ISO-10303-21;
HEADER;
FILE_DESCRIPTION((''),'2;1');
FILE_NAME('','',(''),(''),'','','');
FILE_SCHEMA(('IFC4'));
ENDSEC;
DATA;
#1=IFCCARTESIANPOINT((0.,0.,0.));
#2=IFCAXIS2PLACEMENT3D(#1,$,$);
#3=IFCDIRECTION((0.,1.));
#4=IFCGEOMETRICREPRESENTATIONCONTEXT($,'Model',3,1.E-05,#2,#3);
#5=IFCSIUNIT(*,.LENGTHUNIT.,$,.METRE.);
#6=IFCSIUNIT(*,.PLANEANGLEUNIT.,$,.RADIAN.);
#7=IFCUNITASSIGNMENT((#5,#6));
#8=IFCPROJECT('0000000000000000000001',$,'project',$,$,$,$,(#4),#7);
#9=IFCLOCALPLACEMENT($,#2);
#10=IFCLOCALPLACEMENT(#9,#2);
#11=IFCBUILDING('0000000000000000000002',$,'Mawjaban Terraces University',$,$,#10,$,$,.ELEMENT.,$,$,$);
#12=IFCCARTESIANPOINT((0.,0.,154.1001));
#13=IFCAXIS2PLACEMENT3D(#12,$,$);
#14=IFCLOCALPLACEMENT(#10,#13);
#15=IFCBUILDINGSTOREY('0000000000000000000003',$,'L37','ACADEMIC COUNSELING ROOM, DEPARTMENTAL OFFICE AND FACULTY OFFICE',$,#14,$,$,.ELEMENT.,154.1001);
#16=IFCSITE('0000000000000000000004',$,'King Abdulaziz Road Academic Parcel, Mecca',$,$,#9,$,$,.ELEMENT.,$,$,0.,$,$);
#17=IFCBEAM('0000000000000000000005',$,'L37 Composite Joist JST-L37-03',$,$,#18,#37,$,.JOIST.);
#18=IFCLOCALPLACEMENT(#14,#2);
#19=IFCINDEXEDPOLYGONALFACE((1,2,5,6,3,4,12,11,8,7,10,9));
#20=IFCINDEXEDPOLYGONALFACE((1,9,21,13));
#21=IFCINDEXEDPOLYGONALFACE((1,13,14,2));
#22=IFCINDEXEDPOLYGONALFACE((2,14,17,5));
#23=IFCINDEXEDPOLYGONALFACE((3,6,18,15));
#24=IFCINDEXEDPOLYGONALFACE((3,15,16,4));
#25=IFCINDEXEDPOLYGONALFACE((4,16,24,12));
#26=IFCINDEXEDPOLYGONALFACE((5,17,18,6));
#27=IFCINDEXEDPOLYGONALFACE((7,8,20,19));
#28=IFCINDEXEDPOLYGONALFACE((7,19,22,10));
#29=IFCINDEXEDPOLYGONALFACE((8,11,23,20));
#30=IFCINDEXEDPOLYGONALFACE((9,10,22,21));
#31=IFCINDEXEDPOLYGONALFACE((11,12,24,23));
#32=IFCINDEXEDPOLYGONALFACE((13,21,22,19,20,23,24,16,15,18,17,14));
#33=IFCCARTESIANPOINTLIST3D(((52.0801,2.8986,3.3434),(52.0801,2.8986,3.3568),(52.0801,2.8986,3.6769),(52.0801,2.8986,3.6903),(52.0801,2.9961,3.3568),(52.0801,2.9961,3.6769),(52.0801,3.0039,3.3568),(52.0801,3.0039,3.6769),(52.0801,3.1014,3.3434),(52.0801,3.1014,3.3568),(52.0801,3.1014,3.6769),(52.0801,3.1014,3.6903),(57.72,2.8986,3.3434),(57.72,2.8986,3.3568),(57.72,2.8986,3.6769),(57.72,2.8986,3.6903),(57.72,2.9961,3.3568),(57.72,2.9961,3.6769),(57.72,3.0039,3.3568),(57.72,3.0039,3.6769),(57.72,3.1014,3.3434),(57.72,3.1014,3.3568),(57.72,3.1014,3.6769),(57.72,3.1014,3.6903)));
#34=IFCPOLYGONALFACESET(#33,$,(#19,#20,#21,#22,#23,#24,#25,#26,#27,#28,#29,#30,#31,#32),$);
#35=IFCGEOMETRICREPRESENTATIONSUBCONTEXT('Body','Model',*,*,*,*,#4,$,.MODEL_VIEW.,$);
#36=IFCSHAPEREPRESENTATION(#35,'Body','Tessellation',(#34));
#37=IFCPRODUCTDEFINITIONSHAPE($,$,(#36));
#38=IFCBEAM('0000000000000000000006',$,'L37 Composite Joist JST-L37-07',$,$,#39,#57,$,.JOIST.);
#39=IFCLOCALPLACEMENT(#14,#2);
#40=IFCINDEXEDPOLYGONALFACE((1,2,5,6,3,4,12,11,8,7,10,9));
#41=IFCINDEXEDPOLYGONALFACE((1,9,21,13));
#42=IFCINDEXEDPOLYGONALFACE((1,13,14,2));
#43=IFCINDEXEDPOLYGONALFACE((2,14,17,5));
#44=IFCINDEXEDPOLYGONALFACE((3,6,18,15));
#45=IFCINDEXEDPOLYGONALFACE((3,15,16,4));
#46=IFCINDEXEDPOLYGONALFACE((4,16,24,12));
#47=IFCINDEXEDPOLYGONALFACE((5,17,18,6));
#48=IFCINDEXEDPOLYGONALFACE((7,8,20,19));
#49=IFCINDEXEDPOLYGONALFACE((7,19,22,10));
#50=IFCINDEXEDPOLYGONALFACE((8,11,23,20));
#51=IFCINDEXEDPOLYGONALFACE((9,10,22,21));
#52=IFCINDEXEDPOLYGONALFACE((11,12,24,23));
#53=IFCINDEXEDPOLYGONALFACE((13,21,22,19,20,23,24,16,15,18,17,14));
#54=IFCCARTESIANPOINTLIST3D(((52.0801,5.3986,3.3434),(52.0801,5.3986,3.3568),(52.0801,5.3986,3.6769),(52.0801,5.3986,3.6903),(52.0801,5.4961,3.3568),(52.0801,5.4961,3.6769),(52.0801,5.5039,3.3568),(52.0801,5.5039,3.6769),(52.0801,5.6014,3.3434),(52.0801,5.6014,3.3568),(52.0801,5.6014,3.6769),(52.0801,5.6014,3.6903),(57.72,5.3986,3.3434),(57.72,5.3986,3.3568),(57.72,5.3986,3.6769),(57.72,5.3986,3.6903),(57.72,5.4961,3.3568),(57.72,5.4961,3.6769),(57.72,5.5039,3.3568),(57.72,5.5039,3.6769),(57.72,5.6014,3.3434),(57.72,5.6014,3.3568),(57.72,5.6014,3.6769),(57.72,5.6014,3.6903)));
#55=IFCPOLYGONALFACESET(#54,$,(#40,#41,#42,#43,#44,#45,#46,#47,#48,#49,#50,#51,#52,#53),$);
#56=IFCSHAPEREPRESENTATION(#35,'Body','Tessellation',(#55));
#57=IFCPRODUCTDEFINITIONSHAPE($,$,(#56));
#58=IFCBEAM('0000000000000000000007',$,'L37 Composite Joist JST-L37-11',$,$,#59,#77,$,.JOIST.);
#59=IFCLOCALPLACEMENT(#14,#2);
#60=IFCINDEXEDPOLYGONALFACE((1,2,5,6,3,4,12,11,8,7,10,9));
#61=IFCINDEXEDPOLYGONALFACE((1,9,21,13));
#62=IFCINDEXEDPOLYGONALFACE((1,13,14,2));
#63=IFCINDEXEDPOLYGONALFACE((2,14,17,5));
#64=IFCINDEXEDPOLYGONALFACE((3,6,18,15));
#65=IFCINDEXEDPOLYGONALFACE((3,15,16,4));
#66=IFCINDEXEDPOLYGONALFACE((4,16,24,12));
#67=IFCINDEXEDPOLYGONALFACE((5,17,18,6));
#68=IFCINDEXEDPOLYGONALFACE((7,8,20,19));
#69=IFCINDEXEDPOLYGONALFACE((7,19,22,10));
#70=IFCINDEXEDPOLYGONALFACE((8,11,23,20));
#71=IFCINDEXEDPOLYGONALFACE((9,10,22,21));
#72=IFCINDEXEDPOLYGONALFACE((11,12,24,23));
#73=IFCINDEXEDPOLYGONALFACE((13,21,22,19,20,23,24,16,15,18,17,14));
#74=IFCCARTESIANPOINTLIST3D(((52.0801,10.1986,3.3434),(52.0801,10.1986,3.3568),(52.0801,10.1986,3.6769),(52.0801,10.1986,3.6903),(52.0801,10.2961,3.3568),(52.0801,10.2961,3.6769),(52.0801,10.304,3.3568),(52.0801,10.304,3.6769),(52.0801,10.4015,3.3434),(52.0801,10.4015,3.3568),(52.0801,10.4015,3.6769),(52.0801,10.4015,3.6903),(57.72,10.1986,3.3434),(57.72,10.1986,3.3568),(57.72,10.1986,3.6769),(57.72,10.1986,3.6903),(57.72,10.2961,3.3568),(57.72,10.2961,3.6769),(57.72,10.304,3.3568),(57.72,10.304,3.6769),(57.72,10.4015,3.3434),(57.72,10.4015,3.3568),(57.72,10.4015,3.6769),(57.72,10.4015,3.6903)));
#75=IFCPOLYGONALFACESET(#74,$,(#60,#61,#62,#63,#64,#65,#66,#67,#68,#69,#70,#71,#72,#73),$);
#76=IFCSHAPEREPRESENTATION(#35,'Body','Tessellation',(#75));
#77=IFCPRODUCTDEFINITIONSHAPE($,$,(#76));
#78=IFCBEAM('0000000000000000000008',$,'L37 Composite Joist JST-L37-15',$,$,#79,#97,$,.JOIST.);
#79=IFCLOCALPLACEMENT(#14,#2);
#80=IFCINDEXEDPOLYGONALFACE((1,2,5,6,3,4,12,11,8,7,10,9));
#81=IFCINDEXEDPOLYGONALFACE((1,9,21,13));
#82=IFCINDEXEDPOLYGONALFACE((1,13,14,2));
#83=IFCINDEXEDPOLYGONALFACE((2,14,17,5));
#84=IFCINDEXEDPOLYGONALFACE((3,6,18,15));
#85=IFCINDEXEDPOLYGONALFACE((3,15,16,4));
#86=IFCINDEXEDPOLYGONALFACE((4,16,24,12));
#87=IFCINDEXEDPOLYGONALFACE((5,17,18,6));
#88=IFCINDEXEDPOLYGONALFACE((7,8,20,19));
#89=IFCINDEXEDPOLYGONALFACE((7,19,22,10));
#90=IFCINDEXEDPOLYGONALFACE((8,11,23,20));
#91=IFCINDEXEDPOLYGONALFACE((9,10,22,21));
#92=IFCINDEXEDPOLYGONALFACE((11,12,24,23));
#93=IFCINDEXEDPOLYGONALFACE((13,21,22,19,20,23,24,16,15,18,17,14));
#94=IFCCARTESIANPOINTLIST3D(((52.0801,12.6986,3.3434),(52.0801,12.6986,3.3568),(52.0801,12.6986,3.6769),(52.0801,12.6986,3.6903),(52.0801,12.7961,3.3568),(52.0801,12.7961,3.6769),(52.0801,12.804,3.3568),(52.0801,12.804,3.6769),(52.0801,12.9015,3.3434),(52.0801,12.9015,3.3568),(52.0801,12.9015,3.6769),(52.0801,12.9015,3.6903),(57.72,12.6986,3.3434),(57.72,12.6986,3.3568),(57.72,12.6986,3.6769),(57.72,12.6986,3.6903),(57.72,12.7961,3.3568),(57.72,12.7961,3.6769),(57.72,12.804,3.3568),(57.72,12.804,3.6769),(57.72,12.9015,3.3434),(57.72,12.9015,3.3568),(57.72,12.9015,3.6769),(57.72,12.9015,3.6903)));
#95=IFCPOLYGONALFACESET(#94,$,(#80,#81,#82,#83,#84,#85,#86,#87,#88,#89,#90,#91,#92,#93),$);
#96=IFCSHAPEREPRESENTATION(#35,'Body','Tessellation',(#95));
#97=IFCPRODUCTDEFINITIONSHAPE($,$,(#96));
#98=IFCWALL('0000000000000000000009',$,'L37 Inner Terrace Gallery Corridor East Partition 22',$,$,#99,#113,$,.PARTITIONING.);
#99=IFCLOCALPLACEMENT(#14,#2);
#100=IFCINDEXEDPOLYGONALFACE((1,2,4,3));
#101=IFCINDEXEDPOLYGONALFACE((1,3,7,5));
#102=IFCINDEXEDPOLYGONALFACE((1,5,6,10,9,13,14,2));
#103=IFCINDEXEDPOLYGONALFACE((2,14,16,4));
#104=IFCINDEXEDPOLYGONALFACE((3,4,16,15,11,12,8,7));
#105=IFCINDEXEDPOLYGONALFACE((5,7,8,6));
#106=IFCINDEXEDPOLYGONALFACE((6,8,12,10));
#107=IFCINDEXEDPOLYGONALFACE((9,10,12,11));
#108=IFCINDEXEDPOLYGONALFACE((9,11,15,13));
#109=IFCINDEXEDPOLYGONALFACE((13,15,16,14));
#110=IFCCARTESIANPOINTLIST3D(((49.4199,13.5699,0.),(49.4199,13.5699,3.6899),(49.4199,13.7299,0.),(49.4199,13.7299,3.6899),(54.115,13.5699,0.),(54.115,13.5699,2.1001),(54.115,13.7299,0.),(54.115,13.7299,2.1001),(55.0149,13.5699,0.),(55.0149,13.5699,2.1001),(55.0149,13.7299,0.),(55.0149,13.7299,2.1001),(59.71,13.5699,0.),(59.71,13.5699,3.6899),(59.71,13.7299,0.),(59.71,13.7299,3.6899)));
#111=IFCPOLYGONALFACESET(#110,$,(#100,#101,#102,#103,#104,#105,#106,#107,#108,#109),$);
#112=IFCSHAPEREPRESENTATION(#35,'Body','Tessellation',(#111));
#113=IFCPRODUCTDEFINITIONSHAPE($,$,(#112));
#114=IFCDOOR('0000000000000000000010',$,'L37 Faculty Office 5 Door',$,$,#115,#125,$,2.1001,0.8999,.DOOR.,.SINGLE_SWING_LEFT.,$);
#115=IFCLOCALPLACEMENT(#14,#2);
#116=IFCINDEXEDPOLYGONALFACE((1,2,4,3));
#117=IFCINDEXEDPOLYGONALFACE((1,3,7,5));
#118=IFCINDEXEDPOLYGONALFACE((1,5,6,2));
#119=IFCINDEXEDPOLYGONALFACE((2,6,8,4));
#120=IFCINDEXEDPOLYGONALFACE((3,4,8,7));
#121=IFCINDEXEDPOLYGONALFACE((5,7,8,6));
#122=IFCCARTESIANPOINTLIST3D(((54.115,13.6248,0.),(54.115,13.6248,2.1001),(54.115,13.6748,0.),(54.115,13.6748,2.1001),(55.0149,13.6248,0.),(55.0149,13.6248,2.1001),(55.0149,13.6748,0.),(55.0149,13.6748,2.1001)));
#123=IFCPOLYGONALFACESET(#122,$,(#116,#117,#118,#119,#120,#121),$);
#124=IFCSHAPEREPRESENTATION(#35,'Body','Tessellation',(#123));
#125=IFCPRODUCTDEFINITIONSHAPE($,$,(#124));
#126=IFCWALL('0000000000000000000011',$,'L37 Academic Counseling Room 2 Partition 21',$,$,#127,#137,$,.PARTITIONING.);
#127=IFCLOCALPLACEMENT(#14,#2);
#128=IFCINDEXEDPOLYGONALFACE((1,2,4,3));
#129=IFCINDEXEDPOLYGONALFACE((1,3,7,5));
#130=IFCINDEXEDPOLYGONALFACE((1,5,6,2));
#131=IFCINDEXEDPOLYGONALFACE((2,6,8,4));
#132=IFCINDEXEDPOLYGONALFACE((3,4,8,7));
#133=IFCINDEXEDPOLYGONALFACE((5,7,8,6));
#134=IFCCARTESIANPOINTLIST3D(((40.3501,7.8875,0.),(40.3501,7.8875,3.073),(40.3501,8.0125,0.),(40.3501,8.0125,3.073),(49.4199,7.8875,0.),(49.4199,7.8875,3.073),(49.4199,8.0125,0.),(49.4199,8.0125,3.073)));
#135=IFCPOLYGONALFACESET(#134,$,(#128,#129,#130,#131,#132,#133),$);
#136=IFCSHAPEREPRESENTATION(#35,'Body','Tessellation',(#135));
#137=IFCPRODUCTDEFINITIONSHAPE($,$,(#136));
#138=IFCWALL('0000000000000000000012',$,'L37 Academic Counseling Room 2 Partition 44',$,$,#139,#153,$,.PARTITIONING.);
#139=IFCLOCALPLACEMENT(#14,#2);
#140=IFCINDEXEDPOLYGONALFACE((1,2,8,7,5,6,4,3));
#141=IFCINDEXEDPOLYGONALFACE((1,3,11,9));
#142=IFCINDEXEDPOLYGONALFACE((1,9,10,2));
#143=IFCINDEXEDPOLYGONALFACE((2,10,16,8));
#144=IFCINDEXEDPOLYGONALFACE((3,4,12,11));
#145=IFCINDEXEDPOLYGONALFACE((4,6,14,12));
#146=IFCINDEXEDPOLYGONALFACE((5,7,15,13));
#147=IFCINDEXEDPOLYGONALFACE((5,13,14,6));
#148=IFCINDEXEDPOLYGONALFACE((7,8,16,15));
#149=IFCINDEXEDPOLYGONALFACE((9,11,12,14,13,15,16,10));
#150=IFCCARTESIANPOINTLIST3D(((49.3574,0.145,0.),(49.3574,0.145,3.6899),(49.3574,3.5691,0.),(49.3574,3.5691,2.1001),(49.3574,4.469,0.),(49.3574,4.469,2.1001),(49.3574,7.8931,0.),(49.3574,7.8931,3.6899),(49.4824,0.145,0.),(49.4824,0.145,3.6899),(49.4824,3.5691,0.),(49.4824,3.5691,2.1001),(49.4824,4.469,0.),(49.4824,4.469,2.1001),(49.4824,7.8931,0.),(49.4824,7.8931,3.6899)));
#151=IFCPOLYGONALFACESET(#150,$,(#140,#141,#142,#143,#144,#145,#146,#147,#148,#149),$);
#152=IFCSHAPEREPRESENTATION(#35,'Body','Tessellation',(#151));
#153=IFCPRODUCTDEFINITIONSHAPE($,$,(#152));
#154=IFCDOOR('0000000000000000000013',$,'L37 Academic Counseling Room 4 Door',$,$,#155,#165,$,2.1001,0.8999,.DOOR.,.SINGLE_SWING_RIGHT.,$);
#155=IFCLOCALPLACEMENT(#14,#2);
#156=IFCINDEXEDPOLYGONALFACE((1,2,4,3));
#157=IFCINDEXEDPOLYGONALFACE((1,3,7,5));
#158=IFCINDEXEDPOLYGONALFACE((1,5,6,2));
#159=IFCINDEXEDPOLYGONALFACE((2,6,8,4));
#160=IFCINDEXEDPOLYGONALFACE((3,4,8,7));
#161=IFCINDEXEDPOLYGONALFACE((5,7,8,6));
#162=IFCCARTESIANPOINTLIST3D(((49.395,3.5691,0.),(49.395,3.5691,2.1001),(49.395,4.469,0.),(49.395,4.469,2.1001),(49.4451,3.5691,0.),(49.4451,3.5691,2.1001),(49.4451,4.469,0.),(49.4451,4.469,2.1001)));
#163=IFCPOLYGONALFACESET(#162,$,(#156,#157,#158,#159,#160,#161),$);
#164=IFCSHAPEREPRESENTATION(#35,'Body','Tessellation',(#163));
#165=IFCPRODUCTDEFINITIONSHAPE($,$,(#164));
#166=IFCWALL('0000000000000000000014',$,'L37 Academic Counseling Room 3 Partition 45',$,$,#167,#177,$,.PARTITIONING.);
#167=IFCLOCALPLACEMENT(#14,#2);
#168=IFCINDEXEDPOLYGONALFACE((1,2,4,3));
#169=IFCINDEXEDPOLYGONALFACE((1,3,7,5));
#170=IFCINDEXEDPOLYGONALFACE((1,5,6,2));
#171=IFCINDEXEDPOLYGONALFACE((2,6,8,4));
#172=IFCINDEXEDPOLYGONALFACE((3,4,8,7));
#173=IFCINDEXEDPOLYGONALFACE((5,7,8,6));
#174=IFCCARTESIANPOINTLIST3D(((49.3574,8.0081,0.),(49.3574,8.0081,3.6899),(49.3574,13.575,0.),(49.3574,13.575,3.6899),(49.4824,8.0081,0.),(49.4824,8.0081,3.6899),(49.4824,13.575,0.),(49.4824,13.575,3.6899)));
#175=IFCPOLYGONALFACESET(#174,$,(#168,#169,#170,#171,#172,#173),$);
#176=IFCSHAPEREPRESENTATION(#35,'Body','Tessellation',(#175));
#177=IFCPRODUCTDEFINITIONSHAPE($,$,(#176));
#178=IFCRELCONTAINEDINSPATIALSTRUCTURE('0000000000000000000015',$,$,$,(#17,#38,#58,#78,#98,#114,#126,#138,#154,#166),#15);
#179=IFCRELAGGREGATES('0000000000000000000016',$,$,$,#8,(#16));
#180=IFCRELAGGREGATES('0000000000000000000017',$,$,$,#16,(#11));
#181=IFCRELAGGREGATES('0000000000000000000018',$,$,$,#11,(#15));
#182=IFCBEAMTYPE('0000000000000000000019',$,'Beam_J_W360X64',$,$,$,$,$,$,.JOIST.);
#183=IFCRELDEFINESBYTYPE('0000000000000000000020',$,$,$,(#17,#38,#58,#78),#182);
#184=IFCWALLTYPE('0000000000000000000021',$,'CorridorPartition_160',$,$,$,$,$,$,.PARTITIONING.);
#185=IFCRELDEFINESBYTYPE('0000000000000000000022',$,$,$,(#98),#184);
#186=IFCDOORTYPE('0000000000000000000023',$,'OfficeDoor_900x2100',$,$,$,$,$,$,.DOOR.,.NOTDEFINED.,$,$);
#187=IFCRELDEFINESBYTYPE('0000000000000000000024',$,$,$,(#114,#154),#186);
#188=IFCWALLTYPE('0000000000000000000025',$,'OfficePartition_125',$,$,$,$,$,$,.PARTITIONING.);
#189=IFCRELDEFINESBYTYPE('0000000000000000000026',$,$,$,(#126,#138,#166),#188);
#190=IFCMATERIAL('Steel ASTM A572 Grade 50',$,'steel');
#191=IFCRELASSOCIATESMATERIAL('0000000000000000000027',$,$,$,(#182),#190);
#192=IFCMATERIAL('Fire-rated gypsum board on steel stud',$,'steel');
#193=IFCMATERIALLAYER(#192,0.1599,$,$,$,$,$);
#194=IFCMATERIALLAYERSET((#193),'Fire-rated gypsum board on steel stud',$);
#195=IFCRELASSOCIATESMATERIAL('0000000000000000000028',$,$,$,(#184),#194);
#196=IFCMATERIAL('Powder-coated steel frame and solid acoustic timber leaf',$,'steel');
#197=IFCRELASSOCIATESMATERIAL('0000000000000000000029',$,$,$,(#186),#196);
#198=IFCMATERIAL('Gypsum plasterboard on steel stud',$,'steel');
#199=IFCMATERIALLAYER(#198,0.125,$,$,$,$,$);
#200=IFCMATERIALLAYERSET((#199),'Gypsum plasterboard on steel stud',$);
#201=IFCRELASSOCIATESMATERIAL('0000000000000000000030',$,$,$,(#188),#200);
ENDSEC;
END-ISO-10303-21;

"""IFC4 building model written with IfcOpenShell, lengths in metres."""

from ifc_helpers import new_model, si_unit, direction, frame, frame_2d, origin, origin_2d, place, context, subcontext, project, spatial, rectangle, i_section, extrude, material, layer, layer_set, material_profile, profile_set, type_object, element, fill, save


model = new_model("IFC4")

# Units and contexts
model_context = context("Model", 3, precision=1e-05, world=origin(), true_north=direction((0.0, 1.0)))
body_context = subcontext(model_context, "Body", "Model", "MODEL_VIEW")
ifc_project = project(units=[si_unit("LENGTHUNIT", "METRE"), si_unit("PLANEANGLEUNIT", "RADIAN")], contexts=[model_context])

# Site, building, storey
site_placement = place(None, origin())
site = spatial("IfcSite", under=ifc_project, at=site_placement, Name="King Abdulaziz Road Academic Parcel, Mecca", CompositionType="ELEMENT", RefElevation=0.0)
building_placement = place(site_placement, origin())
building = spatial("IfcBuilding", under=site, at=building_placement, Name="Mawjaban Terraces University", CompositionType="ELEMENT")
storey_placement = place(building_placement, frame((0.0, 0.0, 154.1001)))
storey = spatial("IfcBuildingStorey", under=building, at=storey_placement, Name="L37", Description="ACADEMIC COUNSELING ROOM, DEPARTMENTAL OFFICE AND FACULTY OFFICE", CompositionType="ELEMENT", Elevation=154.1001)

# Beams
ifc_material_1 = material(Name="Steel ASTM A572 Grade 50", Category="steel")
ifc_material_profile_1 = material_profile(ifc_material_1, i_section(OverallWidth=0.2029, OverallDepth=0.3469, WebThickness=0.0078, FlangeThickness=0.0134, at=origin_2d()), Name="W360X64")
ifc_profile_set_1 = profile_set([ifc_material_profile_1], Name="Steel ASTM A572 Grade 50")
beam_type_1 = type_object("IfcBeamType", Name="Beam_J_W360X64", PredefinedType="JOIST", material=ifc_profile_set_1)
for number, where, z_axis, x_axis, name in (
    (1, (52.0801, 3.0, 3.5168), (1.0, 0.0, 0.0), (0.0, 1.0, 0.0), "L37 Composite Joist JST-L37-03"),
    (2, (52.0801, 5.5, 3.5168), (1.0, 0.0, 0.0), (0.0, 1.0, 0.0), "L37 Composite Joist JST-L37-07"),
    (3, (52.0801, 10.3, 3.5168), (1.0, 0.0, 0.0), (0.0, 1.0, 0.0), "L37 Composite Joist JST-L37-11"),
    (4, (52.0801, 12.8, 3.5168), (1.0, 0.0, 0.0), (0.0, 1.0, 0.0), "L37 Composite Joist JST-L37-15"),
):
    element("IfcBeam", number, at=place(storey_placement, frame(where, z_axis=z_axis, x_axis=x_axis)), inside=storey, type_object=beam_type_1, Name=name, PredefinedType="JOIST", context=body_context, shape_type="SweptSolid", body=[
        extrude(i_section(OverallWidth=0.2029, OverallDepth=0.3469, WebThickness=0.0078, FlangeThickness=0.0134, at=origin_2d()), origin(), (0.0, 0.0, 1.0), 5.6399),
    ])

# Wall, opening, door
ifc_material_2 = material(Name="Fire-rated gypsum board on steel stud", Category="steel")
ifc_layer_1 = layer(ifc_material_2, 0.1599)
ifc_layer_set_1 = layer_set([ifc_layer_1], Name="Fire-rated gypsum board on steel stud")
wall_type_1 = type_object("IfcWallType", Name="CorridorPartition_160", PredefinedType="PARTITIONING", material=ifc_layer_set_1)
wall_1_placement = place(storey_placement, frame((49.4199, 13.6499, 0.0), z_axis=(0.0, 0.0, 1.0), x_axis=(1.0, 0.0, 0.0)))
wall_1 = element("IfcWall", 5, at=wall_1_placement, inside=storey, type_object=wall_type_1, Name="L37 Inner Terrace Gallery Corridor East Partition 22", PredefinedType="PARTITIONING", context=body_context, shape_type="SweptSolid", body=[
    extrude(rectangle(XDim=10.29, YDim=0.1599, at=frame_2d((5.145, 0.0))), origin(), (0.0, 0.0, 1.0), 3.6899),
])
opening_1_placement = place(wall_1_placement, frame((4.6951, 0.0, 0.0)))
opening_1 = element("IfcOpeningElement", 6, at=opening_1_placement, cuts=wall_1, PredefinedType="OPENING", context=body_context, shape_type="SweptSolid", body=[
    extrude(rectangle(XDim=0.8999, YDim=2.1001, at=frame_2d((0.45, 1.05))), frame((0.0, 0.0898, 0.0), z_axis=(0.0, -1.0, 0.0), x_axis=(1.0, 0.0, 0.0)), (0.0, 0.0, 1.0), 0.1799),
])
ifc_material_3 = material(Name="Powder-coated steel frame and solid acoustic timber leaf", Category="steel")
door_type = type_object("IfcDoorType", Name="OfficeDoor_900x2100", OperationType="NOTDEFINED", PredefinedType="DOOR", material=ifc_material_3)
door_1_placement = place(opening_1_placement, origin())
door_1 = element("IfcDoor", 7, at=door_1_placement, inside=storey, type_object=door_type, Name="L37 Faculty Office 5 Door", OperationType="SINGLE_SWING_LEFT", OverallHeight=2.1001, OverallWidth=0.8999, PredefinedType="DOOR", context=body_context, shape_type="SweptSolid", body=[
    extrude(rectangle(XDim=0.8999, YDim=2.1001, at=frame_2d((0.45, 1.05))), frame((0.0, 0.0249, 0.0), z_axis=(0.0, -1.0, 0.0), x_axis=(1.0, 0.0, 0.0)), (0.0, 0.0, 1.0), 0.05),
])
fill(opening_1, door_1)

# Wall
ifc_material_4 = material(Name="Gypsum plasterboard on steel stud", Category="steel")
ifc_layer_2 = layer(ifc_material_4, 0.125)
ifc_layer_set_2 = layer_set([ifc_layer_2], Name="Gypsum plasterboard on steel stud")
wall_type_2 = type_object("IfcWallType", Name="OfficePartition_125", PredefinedType="PARTITIONING", material=ifc_layer_set_2)
wall_2_placement = place(storey_placement, frame((49.4199, 7.95, 0.0), z_axis=(0.0, 0.0, 1.0), x_axis=(-1.0, 0.0, 0.0)))
element("IfcWall", 8, at=wall_2_placement, inside=storey, type_object=wall_type_2, Name="L37 Academic Counseling Room 2 Partition 21", PredefinedType="PARTITIONING", context=body_context, shape_type="SweptSolid", body=[
    extrude(rectangle(XDim=9.0698, YDim=0.125, at=frame_2d((4.5349, 0.0))), origin(), (0.0, 0.0, 1.0), 3.073),
])

# Wall, opening, door
wall_3_placement = place(storey_placement, frame((49.4199, 0.145, 0.0), z_axis=(0.0, 0.0, 1.0), x_axis=(0.0, 1.0, 0.0)))
wall_3 = element("IfcWall", 9, at=wall_3_placement, inside=storey, type_object=wall_type_2, Name="L37 Academic Counseling Room 2 Partition 44", PredefinedType="PARTITIONING", context=body_context, shape_type="SweptSolid", body=[
    extrude(rectangle(XDim=7.748, YDim=0.125, at=frame_2d((3.874, 0.0))), origin(), (0.0, 0.0, 1.0), 3.6899),
])
opening_2_placement = place(wall_3_placement, frame((3.4241, 0.0, 0.0)))
opening_2 = element("IfcOpeningElement", 10, at=opening_2_placement, cuts=wall_3, PredefinedType="OPENING", context=body_context, shape_type="SweptSolid", body=[
    extrude(rectangle(XDim=0.8999, YDim=2.1001, at=frame_2d((0.45, 1.05))), frame((0.0, 0.0725, 0.0), z_axis=(0.0, -1.0, 0.0), x_axis=(1.0, 0.0, 0.0)), (0.0, 0.0, 1.0), 0.145),
])
door_2_placement = place(opening_2_placement, origin())
door_2 = element("IfcDoor", 11, at=door_2_placement, inside=storey, type_object=door_type, Name="L37 Academic Counseling Room 4 Door", OperationType="SINGLE_SWING_RIGHT", OverallHeight=2.1001, OverallWidth=0.8999, PredefinedType="DOOR", context=body_context, shape_type="SweptSolid", body=[
    extrude(rectangle(XDim=0.8999, YDim=2.1001, at=frame_2d((0.45, 1.05))), frame((0.0, 0.0249, 0.0), z_axis=(0.0, -1.0, 0.0), x_axis=(1.0, 0.0, 0.0)), (0.0, 0.0, 1.0), 0.05),
])
fill(opening_2, door_2)

# Wall
wall_4_placement = place(storey_placement, frame((49.4199, 8.0081, 0.0), z_axis=(0.0, 0.0, 1.0), x_axis=(0.0, 1.0, 0.0)))
element("IfcWall", 12, at=wall_4_placement, inside=storey, type_object=wall_type_2, Name="L37 Academic Counseling Room 3 Partition 45", PredefinedType="PARTITIONING", context=body_context, shape_type="SweptSolid", body=[
    extrude(rectangle(XDim=5.5669, YDim=0.125, at=frame_2d((2.7834, 0.0))), origin(), (0.0, 0.0, 1.0), 3.6899),
])

save(model, "model.ifc")
